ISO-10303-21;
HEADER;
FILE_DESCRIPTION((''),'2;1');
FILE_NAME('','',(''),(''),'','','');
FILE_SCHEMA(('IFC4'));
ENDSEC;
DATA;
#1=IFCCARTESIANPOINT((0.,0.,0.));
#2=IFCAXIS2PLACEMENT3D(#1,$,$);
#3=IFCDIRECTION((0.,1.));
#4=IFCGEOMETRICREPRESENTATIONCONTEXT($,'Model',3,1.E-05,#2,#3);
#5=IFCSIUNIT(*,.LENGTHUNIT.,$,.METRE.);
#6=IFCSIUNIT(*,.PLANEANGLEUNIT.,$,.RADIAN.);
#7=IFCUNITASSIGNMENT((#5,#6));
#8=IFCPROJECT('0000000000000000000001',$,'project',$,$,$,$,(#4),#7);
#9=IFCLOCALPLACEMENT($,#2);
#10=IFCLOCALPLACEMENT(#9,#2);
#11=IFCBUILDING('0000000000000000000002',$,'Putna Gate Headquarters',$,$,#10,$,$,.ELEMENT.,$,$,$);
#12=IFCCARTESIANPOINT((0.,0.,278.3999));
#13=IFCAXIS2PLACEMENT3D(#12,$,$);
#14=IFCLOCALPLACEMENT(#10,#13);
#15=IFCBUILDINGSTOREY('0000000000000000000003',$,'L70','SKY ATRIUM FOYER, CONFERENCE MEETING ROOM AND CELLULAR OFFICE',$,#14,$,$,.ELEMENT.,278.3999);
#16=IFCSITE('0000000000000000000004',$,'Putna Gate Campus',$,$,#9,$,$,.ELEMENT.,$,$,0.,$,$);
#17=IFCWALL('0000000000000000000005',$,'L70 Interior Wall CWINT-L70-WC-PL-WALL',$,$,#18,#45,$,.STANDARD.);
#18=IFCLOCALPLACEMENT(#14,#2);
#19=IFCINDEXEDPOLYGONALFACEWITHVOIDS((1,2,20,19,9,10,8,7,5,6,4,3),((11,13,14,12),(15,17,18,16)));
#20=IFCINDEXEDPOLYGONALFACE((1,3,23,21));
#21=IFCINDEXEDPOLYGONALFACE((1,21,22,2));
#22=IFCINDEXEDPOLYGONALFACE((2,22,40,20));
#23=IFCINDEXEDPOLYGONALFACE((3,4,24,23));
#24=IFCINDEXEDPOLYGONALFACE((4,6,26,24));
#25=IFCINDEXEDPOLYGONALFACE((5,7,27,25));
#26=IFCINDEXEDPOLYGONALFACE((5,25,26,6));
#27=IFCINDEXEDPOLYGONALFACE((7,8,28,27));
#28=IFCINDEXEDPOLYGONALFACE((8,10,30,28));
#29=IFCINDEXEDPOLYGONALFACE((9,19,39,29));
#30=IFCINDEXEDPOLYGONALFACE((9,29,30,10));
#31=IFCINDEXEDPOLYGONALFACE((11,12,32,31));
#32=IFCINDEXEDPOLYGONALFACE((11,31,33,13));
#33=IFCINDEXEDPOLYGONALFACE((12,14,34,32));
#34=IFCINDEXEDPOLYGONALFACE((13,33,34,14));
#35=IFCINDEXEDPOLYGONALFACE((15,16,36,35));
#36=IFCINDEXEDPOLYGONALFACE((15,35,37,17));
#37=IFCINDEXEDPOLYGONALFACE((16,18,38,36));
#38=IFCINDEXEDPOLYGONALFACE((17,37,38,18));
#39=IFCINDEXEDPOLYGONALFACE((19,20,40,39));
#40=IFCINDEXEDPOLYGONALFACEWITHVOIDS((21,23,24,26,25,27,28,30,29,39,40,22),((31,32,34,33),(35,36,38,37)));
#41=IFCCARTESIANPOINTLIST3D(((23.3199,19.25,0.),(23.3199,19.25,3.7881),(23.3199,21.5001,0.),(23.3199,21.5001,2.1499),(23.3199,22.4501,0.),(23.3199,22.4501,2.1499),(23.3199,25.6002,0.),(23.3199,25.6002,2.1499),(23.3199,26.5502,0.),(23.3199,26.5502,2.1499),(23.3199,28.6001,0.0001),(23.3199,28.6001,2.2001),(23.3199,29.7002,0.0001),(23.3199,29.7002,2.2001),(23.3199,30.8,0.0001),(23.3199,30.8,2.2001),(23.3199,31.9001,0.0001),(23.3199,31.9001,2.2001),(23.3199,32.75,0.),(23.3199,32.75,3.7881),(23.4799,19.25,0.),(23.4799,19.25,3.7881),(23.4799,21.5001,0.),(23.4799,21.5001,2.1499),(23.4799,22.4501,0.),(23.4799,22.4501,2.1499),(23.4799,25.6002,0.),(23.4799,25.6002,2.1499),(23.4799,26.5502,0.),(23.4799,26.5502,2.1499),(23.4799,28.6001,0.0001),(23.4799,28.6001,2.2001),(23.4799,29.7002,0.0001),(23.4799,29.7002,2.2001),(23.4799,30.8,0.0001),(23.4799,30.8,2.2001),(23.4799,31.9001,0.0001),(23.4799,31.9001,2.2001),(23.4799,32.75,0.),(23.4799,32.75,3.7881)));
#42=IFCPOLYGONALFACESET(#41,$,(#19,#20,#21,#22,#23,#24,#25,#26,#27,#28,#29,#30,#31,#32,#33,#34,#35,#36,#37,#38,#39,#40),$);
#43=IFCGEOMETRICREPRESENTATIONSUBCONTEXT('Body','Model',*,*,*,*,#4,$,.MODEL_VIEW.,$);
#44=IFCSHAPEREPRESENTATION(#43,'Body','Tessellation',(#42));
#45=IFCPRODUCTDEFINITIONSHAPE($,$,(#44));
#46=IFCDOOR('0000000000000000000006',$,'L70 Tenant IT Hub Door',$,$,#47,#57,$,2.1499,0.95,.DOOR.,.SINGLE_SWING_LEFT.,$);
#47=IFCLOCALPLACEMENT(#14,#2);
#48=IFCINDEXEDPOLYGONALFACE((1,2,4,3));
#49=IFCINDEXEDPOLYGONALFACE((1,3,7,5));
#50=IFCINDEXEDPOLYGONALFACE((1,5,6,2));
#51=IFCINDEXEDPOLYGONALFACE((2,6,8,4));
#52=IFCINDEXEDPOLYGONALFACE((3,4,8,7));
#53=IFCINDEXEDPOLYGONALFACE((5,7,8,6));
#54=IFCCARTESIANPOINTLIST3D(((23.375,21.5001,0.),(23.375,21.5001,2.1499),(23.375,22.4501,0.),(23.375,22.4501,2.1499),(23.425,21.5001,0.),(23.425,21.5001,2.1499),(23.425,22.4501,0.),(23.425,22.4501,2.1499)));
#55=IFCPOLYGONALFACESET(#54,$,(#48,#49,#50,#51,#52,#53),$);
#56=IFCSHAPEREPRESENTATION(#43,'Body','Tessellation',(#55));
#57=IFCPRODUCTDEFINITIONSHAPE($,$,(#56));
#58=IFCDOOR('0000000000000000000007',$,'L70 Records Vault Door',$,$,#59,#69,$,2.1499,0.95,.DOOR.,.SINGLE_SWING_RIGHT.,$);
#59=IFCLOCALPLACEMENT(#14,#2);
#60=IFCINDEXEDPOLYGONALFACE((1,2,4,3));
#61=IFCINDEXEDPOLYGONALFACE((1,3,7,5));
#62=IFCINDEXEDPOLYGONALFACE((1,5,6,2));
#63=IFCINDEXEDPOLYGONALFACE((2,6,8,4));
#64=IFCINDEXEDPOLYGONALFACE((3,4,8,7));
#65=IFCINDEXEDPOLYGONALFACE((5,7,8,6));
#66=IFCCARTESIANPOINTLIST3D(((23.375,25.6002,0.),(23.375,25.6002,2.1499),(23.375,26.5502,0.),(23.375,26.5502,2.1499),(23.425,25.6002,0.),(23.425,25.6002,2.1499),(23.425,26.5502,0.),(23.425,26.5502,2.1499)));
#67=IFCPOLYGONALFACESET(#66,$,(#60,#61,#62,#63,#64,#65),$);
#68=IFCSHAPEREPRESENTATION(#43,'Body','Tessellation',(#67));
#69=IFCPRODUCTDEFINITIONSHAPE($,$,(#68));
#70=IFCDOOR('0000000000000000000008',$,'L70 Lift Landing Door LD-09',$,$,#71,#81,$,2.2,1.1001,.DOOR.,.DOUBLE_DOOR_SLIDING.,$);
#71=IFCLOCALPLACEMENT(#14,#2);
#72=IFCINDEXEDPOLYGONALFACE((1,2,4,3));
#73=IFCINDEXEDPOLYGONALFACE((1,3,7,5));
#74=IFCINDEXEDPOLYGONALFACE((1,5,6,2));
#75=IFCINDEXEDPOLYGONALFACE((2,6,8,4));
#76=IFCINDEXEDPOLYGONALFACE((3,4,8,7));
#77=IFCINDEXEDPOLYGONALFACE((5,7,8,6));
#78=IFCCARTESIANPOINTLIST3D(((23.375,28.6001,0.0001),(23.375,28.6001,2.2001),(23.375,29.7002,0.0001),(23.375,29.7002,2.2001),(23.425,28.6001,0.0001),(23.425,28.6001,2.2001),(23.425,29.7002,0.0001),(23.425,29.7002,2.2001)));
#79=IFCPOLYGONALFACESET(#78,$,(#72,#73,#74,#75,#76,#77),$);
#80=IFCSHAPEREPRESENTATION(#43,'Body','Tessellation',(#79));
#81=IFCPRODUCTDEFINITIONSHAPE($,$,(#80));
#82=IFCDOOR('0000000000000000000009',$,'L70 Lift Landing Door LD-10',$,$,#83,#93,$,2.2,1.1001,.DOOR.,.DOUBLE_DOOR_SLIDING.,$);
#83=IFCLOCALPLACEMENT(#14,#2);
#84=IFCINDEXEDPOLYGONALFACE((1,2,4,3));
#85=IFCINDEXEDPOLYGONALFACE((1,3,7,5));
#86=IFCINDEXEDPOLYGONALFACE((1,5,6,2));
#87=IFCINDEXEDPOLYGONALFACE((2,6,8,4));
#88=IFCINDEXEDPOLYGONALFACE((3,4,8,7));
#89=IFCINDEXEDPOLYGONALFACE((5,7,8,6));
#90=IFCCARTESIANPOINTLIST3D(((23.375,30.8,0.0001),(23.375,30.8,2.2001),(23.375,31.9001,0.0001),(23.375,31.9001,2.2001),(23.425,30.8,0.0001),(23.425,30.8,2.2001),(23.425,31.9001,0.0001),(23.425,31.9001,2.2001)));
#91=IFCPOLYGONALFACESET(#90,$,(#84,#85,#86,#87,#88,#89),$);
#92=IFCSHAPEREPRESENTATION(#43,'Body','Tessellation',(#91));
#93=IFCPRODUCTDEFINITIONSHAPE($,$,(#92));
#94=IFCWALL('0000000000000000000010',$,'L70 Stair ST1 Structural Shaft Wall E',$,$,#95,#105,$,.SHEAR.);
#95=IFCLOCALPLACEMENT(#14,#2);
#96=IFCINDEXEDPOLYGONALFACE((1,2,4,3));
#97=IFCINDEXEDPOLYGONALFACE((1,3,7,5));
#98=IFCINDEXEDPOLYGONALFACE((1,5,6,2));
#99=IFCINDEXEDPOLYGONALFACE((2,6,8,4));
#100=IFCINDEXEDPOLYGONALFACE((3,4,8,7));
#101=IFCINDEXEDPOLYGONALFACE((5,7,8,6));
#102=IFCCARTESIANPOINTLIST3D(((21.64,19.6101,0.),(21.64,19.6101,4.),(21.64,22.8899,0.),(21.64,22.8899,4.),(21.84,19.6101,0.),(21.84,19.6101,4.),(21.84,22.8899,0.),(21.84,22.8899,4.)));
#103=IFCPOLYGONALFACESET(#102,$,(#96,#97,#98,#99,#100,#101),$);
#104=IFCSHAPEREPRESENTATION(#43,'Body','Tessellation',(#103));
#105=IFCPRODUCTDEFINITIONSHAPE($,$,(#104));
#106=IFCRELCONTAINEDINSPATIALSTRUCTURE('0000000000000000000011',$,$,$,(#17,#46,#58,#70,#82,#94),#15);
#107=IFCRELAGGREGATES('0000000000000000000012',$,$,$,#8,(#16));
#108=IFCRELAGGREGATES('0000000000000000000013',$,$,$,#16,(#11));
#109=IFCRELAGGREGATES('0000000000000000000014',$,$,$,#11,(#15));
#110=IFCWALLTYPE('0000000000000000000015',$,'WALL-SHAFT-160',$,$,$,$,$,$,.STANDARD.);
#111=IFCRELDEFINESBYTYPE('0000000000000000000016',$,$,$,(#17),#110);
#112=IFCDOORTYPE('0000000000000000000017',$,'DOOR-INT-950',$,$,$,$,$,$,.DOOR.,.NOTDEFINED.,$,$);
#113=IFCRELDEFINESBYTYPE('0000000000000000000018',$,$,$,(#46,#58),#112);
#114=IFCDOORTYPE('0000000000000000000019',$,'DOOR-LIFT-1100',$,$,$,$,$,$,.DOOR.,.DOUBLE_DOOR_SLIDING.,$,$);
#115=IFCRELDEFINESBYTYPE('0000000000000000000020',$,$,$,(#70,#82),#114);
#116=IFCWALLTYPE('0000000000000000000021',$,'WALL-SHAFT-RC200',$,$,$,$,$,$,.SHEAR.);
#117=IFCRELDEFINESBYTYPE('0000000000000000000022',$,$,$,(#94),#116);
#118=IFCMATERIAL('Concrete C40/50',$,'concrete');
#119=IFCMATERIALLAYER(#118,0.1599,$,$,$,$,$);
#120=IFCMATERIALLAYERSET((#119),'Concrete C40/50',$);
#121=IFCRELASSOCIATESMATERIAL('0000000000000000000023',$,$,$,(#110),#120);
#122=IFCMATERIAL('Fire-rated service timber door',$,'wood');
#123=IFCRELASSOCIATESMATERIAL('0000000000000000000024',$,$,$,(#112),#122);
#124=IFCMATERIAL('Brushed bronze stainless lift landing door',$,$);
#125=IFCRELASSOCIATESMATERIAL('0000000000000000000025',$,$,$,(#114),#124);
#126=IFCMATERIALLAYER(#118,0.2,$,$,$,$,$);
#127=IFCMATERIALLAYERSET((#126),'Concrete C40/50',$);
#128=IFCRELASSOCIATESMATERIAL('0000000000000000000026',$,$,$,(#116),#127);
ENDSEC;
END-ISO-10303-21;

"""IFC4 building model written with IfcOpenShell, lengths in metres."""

from ifc_helpers import new_model, si_unit, direction, frame, frame_2d, origin, place, context, subcontext, project, spatial, rectangle, extrude, material, layer, layer_set, type_object, element, fill, save


model = new_model("IFC4")

# Units and contexts
model_context = context("Model", 3, precision=1e-05, world=origin(), true_north=direction((0.0, 1.0)))
body_context = subcontext(model_context, "Body", "Model", "MODEL_VIEW")
ifc_project = project(units=[si_unit("LENGTHUNIT", "METRE"), si_unit("PLANEANGLEUNIT", "RADIAN")], contexts=[model_context])

# Site, building, storey
site_placement = place(None, origin())
site = spatial("IfcSite", under=ifc_project, at=site_placement, Name="Putna Gate Campus", CompositionType="ELEMENT", RefElevation=0.0)
building_placement = place(site_placement, origin())
building = spatial("IfcBuilding", under=site, at=building_placement, Name="Putna Gate Headquarters", CompositionType="ELEMENT")
storey_placement = place(building_placement, frame((0.0, 0.0, 278.3999)))
storey = spatial("IfcBuildingStorey", under=building, at=storey_placement, Name="L70", Description="SKY ATRIUM FOYER, CONFERENCE MEETING ROOM AND CELLULAR OFFICE", CompositionType="ELEMENT", Elevation=278.3999)

# Wall, openings, doors
ifc_material_1 = material(Name="Concrete C40/50", Category="concrete")
ifc_layer_1 = layer(ifc_material_1, 0.1599)
ifc_layer_set_1 = layer_set([ifc_layer_1], Name="Concrete C40/50")
wall_type_1 = type_object("IfcWallType", Name="WALL-SHAFT-160", PredefinedType="STANDARD", material=ifc_layer_set_1)
wall_1_placement = place(storey_placement, frame((23.3999, 19.25, 0.0), z_axis=(0.0, 0.0, 1.0), x_axis=(0.0, 1.0, 0.0)))
wall_1 = element("IfcWall", 1, at=wall_1_placement, inside=storey, type_object=wall_type_1, Name="L70 Interior Wall CWINT-L70-WC-PL-WALL", PredefinedType="STANDARD", context=body_context, shape_type="SweptSolid", body=[
    extrude(rectangle(XDim=13.5, YDim=0.1599, at=frame_2d((6.75, 0.0))), origin(), (0.0, 0.0, 1.0), 3.7881),
])
opening_1_placement = place(wall_1_placement, frame((2.25, 0.0, 0.0)))
opening_1 = element("IfcOpeningElement", 2, at=opening_1_placement, cuts=wall_1, PredefinedType="OPENING", context=body_context, shape_type="SweptSolid", body=[
    extrude(rectangle(XDim=0.95, YDim=2.1499, at=frame_2d((0.4751, 1.075))), frame((0.0, 0.0898, 0.0), z_axis=(0.0, -1.0, 0.0), x_axis=(1.0, 0.0, 0.0)), (0.0, 0.0, 1.0), 0.1799),
])
opening_2_placement = place(wall_1_placement, frame((6.3501, 0.0, 0.0)))
opening_2 = element("IfcOpeningElement", 3, at=opening_2_placement, cuts=wall_1, PredefinedType="OPENING", context=body_context, shape_type="SweptSolid", body=[
    extrude(rectangle(XDim=0.95, YDim=2.1499, at=frame_2d((0.4751, 1.075))), frame((0.0, 0.0898, 0.0), z_axis=(0.0, -1.0, 0.0), x_axis=(1.0, 0.0, 0.0)), (0.0, 0.0, 1.0), 0.1799),
])
opening_3_placement = place(wall_1_placement, frame((9.3501, 0.0, 0.0)))
opening_3 = element("IfcOpeningElement", 4, at=opening_3_placement, cuts=wall_1, PredefinedType="OPENING", context=body_context, shape_type="SweptSolid", body=[
    extrude(rectangle(XDim=1.1001, YDim=2.2, at=frame_2d((0.55, 1.1001))), frame((0.0, 0.0898, 0.0), z_axis=(0.0, -1.0, 0.0), x_axis=(1.0, 0.0, 0.0)), (0.0, 0.0, 1.0), 0.1799),
])
opening_4_placement = place(wall_1_placement, frame((11.55, 0.0, 0.0)))
opening_4 = element("IfcOpeningElement", 5, at=opening_4_placement, cuts=wall_1, PredefinedType="OPENING", context=body_context, shape_type="SweptSolid", body=[
    extrude(rectangle(XDim=1.1001, YDim=2.2, at=frame_2d((0.55, 1.1001))), frame((0.0, 0.0898, 0.0), z_axis=(0.0, -1.0, 0.0), x_axis=(1.0, 0.0, 0.0)), (0.0, 0.0, 1.0), 0.1799),
])
ifc_material_2 = material(Name="Fire-rated service timber door", Category="wood")
door_type_1 = type_object("IfcDoorType", Name="DOOR-INT-950", OperationType="NOTDEFINED", PredefinedType="DOOR", material=ifc_material_2)
door_1_placement = place(opening_1_placement, origin())
door_1 = element("IfcDoor", 6, at=door_1_placement, inside=storey, type_object=door_type_1, Name="L70 Tenant IT Hub Door", OperationType="SINGLE_SWING_LEFT", OverallHeight=2.1499, OverallWidth=0.95, PredefinedType="DOOR", context=body_context, shape_type="SweptSolid", body=[
    extrude(rectangle(XDim=0.95, YDim=2.1499, at=frame_2d((0.4751, 1.075))), frame((0.0, 0.0249, 0.0), z_axis=(0.0, -1.0, 0.0), x_axis=(1.0, 0.0, 0.0)), (0.0, 0.0, 1.0), 0.05),
])
fill(opening_1, door_1)
door_2_placement = place(opening_2_placement, origin())
door_2 = element("IfcDoor", 7, at=door_2_placement, inside=storey, type_object=door_type_1, Name="L70 Records Vault Door", OperationType="SINGLE_SWING_RIGHT", OverallHeight=2.1499, OverallWidth=0.95, PredefinedType="DOOR", context=body_context, shape_type="SweptSolid", body=[
    extrude(rectangle(XDim=0.95, YDim=2.1499, at=frame_2d((0.4751, 1.075))), frame((0.0, 0.0249, 0.0), z_axis=(0.0, -1.0, 0.0), x_axis=(1.0, 0.0, 0.0)), (0.0, 0.0, 1.0), 0.05),
])
fill(opening_2, door_2)
ifc_material_3 = material(Name="Brushed bronze stainless lift landing door")
door_type_2 = type_object("IfcDoorType", Name="DOOR-LIFT-1100", OperationType="DOUBLE_DOOR_SLIDING", PredefinedType="DOOR", material=ifc_material_3)
door_3_placement = place(opening_3_placement, origin())
door_3 = element("IfcDoor", 8, at=door_3_placement, inside=storey, type_object=door_type_2, Name="L70 Lift Landing Door LD-09", OperationType="DOUBLE_DOOR_SLIDING", OverallHeight=2.2, OverallWidth=1.1001, PredefinedType="DOOR", context=body_context, shape_type="SweptSolid", body=[
    extrude(rectangle(XDim=1.1001, YDim=2.2, at=frame_2d((0.55, 1.1001))), frame((0.0, 0.0249, 0.0), z_axis=(0.0, -1.0, 0.0), x_axis=(1.0, 0.0, 0.0)), (0.0, 0.0, 1.0), 0.05),
])
fill(opening_3, door_3)
door_4_placement = place(opening_4_placement, origin())
door_4 = element("IfcDoor", 9, at=door_4_placement, inside=storey, type_object=door_type_2, Name="L70 Lift Landing Door LD-10", OperationType="DOUBLE_DOOR_SLIDING", OverallHeight=2.2, OverallWidth=1.1001, PredefinedType="DOOR", context=body_context, shape_type="SweptSolid", body=[
    extrude(rectangle(XDim=1.1001, YDim=2.2, at=frame_2d((0.55, 1.1001))), frame((0.0, 0.0249, 0.0), z_axis=(0.0, -1.0, 0.0), x_axis=(1.0, 0.0, 0.0)), (0.0, 0.0, 1.0), 0.05),
])
fill(opening_4, door_4)

# Wall
ifc_layer_2 = layer(ifc_material_1, 0.2)
ifc_layer_set_2 = layer_set([ifc_layer_2], Name="Concrete C40/50")
wall_type_2 = type_object("IfcWallType", Name="WALL-SHAFT-RC200", PredefinedType="SHEAR", material=ifc_layer_set_2)
wall_2_placement = place(storey_placement, frame((21.74, 19.6101, 0.0), z_axis=(0.0, 0.0, 1.0), x_axis=(0.0, 1.0, 0.0)))
element("IfcWall", 10, at=wall_2_placement, inside=storey, type_object=wall_type_2, Name="L70 Stair ST1 Structural Shaft Wall E", PredefinedType="SHEAR", context=body_context, shape_type="SweptSolid", body=[
    extrude(rectangle(XDim=3.2798, YDim=0.2, at=frame_2d((1.6399, 0.0))), origin(), (0.0, 0.0, 1.0), 4.0),
])

save(model, "model.ifc")
